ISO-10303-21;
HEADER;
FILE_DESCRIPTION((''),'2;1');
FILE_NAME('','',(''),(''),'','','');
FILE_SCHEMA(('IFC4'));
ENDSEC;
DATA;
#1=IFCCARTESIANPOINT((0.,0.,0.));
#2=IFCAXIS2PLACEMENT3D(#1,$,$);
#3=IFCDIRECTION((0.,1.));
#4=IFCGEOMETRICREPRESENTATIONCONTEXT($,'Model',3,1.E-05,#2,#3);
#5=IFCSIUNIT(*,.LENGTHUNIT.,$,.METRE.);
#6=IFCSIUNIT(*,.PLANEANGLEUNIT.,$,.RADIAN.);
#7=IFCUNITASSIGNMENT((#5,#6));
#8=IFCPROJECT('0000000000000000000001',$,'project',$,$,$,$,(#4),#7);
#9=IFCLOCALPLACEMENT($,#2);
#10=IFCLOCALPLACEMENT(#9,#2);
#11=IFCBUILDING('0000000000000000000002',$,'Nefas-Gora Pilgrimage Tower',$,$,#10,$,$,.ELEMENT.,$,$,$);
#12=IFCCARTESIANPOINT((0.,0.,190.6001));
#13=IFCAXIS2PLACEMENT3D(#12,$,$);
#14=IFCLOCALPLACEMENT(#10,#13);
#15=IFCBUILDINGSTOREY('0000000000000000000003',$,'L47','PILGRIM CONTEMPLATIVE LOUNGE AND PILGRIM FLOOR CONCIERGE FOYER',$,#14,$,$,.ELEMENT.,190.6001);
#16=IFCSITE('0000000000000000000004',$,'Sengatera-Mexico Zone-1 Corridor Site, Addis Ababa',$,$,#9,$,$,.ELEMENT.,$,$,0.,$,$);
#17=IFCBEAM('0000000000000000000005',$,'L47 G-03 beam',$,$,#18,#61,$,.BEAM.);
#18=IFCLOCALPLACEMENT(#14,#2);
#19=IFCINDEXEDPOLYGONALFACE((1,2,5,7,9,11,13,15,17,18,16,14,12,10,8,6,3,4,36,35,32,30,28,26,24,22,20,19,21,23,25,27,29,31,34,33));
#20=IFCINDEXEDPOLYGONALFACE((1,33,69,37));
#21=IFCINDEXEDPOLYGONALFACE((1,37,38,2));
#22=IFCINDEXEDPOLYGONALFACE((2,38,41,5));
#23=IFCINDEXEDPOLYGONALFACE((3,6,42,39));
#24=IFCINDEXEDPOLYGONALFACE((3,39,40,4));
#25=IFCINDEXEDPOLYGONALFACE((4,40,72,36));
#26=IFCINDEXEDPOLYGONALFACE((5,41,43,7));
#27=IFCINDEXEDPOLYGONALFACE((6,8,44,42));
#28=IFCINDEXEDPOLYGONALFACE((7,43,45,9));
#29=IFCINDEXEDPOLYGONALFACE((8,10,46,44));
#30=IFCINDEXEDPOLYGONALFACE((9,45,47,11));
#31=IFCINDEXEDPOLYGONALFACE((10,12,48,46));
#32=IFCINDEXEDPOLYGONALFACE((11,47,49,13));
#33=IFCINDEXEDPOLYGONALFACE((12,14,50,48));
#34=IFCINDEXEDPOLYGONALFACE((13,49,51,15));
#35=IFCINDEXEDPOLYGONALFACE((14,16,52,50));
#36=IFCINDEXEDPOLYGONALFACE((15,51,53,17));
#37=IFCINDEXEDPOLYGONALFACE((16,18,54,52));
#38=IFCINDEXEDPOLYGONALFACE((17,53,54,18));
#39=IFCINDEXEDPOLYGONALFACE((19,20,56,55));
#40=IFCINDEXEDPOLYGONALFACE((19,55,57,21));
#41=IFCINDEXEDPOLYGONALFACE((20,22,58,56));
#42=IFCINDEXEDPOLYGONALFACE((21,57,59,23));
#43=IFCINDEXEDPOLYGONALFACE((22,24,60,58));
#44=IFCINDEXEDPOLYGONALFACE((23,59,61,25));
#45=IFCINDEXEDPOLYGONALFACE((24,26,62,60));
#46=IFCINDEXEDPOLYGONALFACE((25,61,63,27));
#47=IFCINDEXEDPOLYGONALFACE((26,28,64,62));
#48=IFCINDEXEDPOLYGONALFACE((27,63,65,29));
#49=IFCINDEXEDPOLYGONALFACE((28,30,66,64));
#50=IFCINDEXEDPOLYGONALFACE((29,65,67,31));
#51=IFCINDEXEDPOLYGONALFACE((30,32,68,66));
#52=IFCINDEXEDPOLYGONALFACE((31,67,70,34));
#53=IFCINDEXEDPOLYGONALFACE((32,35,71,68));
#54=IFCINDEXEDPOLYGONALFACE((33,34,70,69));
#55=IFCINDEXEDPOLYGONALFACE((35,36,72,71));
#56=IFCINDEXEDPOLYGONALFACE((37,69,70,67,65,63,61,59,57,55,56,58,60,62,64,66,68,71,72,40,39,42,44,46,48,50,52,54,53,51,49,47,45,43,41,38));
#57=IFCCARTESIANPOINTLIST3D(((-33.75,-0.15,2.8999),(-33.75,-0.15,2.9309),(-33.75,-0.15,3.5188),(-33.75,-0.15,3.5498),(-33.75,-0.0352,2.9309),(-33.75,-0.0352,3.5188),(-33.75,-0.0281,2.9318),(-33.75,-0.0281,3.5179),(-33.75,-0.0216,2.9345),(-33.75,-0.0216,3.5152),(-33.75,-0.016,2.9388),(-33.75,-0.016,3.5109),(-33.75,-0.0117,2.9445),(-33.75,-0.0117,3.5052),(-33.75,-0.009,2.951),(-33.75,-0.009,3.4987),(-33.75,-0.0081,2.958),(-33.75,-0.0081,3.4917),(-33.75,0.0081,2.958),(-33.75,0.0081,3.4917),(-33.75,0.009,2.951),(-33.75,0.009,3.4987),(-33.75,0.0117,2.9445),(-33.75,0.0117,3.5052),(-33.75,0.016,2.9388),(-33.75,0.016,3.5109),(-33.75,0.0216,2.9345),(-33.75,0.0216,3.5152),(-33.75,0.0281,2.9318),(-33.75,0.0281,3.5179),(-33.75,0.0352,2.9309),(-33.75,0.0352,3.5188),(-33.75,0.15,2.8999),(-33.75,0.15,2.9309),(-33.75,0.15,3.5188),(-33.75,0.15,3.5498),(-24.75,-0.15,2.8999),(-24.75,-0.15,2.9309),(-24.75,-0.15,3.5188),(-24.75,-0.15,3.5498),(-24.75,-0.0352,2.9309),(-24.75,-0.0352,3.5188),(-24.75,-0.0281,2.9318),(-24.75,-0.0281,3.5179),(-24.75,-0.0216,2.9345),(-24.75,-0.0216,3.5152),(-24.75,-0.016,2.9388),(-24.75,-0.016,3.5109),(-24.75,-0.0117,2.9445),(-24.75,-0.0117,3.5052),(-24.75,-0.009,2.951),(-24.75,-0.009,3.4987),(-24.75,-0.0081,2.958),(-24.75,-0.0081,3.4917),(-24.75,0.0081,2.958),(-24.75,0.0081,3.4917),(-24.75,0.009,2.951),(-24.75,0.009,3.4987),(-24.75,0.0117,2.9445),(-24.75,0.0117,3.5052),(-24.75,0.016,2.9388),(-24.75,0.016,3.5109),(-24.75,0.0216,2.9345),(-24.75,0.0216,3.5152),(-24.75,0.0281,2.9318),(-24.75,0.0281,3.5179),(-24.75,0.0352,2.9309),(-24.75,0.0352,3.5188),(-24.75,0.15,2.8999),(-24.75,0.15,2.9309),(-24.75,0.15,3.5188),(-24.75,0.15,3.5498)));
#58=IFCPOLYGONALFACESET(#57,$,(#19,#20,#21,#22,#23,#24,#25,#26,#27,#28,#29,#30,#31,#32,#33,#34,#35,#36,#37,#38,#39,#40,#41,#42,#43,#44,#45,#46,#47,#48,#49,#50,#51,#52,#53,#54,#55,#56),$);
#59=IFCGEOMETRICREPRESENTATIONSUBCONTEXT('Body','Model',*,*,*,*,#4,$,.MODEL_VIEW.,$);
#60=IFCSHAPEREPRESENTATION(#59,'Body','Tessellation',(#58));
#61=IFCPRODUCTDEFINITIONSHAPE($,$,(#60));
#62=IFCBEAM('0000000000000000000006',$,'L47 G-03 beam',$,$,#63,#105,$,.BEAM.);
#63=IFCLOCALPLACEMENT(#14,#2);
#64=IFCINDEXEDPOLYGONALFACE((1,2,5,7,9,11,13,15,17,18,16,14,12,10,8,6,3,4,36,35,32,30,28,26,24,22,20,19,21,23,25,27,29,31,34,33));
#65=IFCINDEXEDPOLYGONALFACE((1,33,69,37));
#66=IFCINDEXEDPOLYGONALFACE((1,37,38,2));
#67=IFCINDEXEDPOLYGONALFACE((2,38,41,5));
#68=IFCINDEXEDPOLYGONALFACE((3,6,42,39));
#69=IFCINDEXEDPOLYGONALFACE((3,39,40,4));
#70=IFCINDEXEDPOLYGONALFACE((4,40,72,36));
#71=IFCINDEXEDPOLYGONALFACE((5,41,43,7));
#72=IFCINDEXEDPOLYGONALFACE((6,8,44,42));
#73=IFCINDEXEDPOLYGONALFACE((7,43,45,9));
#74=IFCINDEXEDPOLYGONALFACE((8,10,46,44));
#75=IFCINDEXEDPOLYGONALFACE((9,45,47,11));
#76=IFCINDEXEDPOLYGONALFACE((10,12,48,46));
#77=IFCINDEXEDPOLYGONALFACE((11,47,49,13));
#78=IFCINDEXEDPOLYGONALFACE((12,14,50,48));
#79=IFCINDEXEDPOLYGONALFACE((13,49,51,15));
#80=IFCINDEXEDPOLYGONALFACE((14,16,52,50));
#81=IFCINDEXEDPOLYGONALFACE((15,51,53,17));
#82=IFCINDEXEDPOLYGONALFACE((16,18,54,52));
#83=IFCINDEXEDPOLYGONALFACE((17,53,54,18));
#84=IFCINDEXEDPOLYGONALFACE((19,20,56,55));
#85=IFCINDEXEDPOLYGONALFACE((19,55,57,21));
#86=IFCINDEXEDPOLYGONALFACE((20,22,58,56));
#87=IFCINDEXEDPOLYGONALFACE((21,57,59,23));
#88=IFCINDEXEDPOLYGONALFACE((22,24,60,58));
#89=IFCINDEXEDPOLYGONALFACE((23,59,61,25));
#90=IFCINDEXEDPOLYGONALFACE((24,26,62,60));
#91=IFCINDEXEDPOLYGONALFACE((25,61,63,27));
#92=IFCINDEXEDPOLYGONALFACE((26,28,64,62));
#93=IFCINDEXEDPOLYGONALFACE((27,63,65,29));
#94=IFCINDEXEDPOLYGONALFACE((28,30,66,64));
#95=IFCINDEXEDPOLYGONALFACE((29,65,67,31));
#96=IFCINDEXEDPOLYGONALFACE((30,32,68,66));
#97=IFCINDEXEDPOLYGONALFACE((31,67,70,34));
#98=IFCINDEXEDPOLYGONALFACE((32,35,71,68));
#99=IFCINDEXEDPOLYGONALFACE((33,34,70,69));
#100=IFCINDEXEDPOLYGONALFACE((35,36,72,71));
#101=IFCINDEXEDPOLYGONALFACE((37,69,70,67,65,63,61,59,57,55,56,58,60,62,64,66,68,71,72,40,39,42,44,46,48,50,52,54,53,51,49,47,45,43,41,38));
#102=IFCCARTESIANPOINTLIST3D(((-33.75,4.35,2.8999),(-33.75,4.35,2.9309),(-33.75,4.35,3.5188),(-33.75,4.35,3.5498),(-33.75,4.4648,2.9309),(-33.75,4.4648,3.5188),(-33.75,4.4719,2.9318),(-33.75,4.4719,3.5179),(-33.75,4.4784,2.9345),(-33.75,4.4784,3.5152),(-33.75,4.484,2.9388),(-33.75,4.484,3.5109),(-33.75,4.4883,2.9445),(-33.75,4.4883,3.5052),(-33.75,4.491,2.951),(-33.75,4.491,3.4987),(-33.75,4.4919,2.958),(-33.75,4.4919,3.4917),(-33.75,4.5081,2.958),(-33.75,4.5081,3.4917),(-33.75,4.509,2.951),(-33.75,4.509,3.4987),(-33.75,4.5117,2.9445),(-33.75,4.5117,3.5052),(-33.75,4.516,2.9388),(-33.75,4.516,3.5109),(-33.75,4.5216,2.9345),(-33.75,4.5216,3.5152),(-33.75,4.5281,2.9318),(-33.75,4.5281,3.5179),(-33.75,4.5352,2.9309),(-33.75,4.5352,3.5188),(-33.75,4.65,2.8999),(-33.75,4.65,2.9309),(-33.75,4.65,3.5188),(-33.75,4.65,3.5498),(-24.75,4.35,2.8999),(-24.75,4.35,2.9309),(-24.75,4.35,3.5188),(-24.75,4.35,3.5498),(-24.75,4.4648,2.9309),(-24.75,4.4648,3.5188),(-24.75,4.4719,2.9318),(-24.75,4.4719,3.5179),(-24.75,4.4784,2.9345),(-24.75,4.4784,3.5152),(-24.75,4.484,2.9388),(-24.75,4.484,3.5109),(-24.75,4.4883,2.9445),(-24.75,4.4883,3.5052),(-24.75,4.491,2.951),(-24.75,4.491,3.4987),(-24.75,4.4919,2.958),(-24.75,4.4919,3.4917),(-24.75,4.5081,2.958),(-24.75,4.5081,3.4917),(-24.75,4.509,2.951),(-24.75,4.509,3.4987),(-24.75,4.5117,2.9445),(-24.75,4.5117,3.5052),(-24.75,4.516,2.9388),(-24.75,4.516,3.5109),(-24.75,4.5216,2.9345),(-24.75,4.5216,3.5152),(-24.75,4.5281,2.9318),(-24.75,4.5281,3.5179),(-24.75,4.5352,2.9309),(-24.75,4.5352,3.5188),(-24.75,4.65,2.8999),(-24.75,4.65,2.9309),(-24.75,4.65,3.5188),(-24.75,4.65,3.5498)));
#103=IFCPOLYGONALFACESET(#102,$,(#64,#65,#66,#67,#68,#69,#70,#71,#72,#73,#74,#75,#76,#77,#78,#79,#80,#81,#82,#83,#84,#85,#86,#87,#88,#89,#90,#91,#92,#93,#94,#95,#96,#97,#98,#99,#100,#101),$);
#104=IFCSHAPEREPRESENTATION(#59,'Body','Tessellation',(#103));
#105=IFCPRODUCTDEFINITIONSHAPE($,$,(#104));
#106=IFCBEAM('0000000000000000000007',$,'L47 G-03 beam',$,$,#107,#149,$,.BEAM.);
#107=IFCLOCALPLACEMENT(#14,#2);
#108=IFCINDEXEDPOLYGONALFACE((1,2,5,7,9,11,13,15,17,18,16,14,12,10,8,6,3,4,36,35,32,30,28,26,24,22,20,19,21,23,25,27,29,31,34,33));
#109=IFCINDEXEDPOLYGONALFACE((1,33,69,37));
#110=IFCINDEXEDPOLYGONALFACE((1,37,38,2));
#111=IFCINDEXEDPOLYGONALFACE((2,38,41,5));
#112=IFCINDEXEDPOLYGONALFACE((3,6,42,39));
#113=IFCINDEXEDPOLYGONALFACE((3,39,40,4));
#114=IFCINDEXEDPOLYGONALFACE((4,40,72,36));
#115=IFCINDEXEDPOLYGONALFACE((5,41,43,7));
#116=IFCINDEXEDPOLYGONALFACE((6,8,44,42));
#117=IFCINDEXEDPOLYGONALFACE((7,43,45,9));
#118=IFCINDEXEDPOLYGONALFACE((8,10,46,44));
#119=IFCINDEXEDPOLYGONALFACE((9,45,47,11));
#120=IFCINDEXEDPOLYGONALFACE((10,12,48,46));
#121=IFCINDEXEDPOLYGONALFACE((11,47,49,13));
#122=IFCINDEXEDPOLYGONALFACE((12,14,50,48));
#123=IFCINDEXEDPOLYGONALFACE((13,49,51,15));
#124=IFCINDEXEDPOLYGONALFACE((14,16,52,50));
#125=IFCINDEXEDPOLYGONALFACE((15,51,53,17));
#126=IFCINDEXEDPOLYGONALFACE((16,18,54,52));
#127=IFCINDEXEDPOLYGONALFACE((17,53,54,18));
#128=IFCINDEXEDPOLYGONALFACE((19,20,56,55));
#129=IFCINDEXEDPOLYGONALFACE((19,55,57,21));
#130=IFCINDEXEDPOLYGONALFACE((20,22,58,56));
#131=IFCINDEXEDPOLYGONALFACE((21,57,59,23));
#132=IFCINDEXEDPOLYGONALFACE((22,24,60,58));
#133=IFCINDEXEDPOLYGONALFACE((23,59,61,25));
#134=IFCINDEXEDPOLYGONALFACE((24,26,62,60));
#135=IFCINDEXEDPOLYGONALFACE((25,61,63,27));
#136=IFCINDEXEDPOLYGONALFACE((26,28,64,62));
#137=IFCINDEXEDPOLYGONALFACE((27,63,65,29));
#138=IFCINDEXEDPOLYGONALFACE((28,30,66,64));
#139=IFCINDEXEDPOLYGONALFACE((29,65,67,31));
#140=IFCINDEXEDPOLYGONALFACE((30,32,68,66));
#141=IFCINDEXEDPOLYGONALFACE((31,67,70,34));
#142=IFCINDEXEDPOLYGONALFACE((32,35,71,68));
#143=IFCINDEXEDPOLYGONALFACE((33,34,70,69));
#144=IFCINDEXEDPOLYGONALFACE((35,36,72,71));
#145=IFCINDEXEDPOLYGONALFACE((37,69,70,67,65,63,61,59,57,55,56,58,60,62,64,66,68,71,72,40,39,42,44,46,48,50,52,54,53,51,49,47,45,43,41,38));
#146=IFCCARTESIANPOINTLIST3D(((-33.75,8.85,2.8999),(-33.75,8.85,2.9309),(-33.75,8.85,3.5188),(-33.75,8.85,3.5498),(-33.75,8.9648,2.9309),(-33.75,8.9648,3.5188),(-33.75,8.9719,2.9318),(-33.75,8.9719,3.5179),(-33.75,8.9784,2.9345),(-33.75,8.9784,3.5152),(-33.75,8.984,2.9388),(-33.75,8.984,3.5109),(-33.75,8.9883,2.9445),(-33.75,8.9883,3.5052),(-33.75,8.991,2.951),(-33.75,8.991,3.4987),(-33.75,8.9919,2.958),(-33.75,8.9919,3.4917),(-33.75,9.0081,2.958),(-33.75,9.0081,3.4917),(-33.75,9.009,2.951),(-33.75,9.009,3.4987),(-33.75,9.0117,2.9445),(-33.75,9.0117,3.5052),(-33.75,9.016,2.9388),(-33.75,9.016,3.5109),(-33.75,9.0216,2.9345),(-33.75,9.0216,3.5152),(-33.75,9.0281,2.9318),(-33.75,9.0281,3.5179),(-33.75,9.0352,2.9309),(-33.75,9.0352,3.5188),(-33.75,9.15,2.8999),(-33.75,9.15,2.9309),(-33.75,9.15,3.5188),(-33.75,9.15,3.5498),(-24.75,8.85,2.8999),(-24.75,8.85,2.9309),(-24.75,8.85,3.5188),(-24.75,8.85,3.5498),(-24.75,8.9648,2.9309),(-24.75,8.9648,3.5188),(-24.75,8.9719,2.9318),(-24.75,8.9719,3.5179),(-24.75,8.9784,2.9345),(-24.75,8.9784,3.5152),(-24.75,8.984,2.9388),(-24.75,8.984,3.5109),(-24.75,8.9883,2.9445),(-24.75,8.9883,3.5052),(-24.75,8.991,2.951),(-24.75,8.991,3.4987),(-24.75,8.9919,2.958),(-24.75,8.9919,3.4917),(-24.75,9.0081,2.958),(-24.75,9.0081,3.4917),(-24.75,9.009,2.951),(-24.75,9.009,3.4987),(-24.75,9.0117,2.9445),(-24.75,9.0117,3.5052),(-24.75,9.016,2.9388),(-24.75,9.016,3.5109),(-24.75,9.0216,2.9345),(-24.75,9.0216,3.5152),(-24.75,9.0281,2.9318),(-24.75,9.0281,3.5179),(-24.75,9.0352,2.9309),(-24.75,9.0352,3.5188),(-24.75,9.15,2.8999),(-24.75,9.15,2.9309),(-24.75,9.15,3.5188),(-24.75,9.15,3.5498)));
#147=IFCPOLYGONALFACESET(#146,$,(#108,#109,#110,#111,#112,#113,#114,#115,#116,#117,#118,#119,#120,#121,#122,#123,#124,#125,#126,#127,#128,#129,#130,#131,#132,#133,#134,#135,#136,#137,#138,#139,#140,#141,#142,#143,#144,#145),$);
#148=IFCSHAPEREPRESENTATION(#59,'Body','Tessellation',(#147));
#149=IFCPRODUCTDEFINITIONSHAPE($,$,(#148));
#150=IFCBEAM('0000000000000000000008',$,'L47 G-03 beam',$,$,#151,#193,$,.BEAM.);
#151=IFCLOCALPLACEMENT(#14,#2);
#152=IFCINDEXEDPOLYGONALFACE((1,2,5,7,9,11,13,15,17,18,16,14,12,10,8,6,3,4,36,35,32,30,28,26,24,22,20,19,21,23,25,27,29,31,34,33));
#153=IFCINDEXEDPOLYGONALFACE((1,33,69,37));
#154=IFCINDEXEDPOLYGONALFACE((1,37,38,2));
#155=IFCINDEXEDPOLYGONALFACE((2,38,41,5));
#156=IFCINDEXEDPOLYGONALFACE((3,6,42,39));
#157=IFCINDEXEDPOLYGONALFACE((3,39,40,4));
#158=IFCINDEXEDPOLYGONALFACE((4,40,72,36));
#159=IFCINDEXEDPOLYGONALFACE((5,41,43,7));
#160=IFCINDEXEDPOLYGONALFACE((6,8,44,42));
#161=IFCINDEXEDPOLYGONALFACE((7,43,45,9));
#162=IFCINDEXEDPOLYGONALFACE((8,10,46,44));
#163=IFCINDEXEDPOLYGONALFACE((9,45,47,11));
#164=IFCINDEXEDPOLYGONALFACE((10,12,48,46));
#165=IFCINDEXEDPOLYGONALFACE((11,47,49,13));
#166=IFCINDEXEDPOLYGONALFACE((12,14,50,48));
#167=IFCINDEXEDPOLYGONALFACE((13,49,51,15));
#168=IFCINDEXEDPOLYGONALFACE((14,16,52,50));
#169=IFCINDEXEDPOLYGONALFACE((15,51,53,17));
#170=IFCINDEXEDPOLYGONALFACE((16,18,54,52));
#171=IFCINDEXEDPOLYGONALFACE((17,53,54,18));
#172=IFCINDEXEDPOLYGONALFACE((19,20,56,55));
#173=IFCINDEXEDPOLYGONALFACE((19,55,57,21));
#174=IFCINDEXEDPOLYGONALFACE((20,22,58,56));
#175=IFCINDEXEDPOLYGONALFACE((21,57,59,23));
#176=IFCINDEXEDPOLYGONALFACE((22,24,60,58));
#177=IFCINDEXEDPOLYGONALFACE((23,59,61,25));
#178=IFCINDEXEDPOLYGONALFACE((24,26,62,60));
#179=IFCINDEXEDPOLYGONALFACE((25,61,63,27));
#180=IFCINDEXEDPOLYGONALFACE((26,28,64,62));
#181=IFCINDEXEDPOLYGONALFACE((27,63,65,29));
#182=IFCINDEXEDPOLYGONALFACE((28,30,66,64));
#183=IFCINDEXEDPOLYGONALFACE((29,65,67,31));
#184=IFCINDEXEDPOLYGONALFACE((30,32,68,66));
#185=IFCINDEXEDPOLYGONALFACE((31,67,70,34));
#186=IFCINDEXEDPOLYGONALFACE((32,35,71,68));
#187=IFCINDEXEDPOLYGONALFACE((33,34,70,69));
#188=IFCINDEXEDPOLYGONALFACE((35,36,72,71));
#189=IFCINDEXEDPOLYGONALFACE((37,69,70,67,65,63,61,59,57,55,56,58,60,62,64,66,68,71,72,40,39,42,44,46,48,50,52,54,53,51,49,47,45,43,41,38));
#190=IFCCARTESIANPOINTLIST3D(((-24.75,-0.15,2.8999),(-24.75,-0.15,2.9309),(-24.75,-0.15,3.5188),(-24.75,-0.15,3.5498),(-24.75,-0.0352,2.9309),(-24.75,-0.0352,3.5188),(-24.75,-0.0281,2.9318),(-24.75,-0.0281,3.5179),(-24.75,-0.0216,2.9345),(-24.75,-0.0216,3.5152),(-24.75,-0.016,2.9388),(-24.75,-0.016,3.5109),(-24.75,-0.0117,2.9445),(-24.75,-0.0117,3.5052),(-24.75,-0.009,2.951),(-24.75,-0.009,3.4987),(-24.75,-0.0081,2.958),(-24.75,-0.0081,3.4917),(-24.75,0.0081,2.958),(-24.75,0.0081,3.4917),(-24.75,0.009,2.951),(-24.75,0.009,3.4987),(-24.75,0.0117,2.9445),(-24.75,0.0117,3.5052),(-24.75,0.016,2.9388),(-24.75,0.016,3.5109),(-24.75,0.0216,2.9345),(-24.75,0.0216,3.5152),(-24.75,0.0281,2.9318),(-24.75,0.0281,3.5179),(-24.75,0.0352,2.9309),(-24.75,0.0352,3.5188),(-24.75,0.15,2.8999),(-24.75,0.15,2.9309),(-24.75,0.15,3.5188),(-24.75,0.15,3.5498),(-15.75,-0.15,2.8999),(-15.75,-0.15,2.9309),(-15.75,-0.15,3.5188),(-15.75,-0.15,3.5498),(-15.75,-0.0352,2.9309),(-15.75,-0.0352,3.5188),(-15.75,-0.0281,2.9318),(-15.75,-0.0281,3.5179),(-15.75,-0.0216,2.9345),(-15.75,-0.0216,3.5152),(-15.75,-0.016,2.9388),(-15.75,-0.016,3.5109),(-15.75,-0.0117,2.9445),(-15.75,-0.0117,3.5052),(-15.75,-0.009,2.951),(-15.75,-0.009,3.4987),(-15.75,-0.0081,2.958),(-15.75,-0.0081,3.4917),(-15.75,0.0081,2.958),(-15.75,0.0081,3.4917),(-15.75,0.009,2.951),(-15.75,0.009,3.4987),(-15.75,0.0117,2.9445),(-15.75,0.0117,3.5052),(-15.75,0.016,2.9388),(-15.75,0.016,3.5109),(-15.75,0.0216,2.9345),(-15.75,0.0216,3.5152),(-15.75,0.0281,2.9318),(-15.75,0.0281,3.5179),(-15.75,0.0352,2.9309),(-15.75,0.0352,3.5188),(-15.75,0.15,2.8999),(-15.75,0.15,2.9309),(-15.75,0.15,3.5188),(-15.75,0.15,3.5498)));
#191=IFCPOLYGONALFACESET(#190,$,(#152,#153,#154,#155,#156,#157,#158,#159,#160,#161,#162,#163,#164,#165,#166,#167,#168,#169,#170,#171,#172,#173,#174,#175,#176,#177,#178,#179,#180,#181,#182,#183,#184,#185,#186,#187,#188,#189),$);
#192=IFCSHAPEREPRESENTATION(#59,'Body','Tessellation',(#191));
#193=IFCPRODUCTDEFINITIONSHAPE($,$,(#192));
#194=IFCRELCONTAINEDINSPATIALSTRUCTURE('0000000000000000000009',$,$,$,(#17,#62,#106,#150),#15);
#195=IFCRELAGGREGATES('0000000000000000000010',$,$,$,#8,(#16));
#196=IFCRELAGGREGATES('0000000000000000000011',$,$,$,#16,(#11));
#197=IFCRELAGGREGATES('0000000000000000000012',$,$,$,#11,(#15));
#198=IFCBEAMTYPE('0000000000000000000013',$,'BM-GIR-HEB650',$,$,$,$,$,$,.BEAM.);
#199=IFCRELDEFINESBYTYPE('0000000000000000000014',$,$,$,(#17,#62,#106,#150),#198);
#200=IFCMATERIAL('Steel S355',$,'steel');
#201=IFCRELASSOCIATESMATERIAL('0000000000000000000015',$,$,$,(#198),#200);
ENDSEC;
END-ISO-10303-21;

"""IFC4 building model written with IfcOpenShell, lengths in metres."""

from ifc_helpers import new_model, si_unit, direction, frame, origin, origin_2d, place, context, subcontext, project, spatial, i_section, extrude, source, transform, mapped, material, material_profile, profile_set, type_object, element, save


model = new_model("IFC4")

# Units and contexts
model_context = context("Model", 3, precision=1e-05, world=origin(), true_north=direction((0.0, 1.0)))
body_context = subcontext(model_context, "Body", "Model", "MODEL_VIEW")
ifc_project = project(units=[si_unit("LENGTHUNIT", "METRE"), si_unit("PLANEANGLEUNIT", "RADIAN")], contexts=[model_context])

# Site, building, storey
site_placement = place(None, origin())
site = spatial("IfcSite", under=ifc_project, at=site_placement, Name="Sengatera-Mexico Zone-1 Corridor Site, Addis Ababa", CompositionType="ELEMENT", RefElevation=0.0)
building_placement = place(site_placement, origin())
building = spatial("IfcBuilding", under=site, at=building_placement, Name="Nefas-Gora Pilgrimage Tower", CompositionType="ELEMENT")
storey_placement = place(building_placement, frame((0.0, 0.0, 190.6001)))
storey = spatial("IfcBuildingStorey", under=building, at=storey_placement, Name="L47", Description="PILGRIM CONTEMPLATIVE LOUNGE AND PILGRIM FLOOR CONCIERGE FOYER", CompositionType="ELEMENT", Elevation=190.6001)

# Beams
ifc_material_1 = material(Name="Steel S355", Category="steel")
ifc_material_profile_1 = material_profile(ifc_material_1, i_section(OverallWidth=0.3, OverallDepth=0.6499, WebThickness=0.0161, FlangeThickness=0.031, FilletRadius=0.0271, at=origin_2d()), Name="HEB 650")
ifc_profile_set_1 = profile_set([ifc_material_profile_1], Name="Steel S355")
beam_type_1 = type_object("IfcBeamType", Name="BM-GIR-HEB650", PredefinedType="BEAM", material=ifc_profile_set_1)
shared_shape_1 = source(origin(), body_context, "Body", "SweptSolid", [
    extrude(i_section(OverallWidth=0.3, OverallDepth=0.6499, WebThickness=0.0161, FlangeThickness=0.031, FilletRadius=0.0271, at=origin_2d()), origin(), (0.0, 0.0, 1.0), 9.0),
])
for number, where, z_axis, x_axis, name in (
    (1, (-33.75, 0.0, 3.2249), (1.0, 0.0, 0.0), (0.0, 1.0, 0.0), "L47 G-03 beam"),
    (2, (-33.75, 4.5, 3.2249), (1.0, 0.0, 0.0), (0.0, 1.0, 0.0), "L47 G-03 beam"),
    (3, (-33.75, 9.0, 3.2249), (1.0, 0.0, 0.0), (0.0, 1.0, 0.0), "L47 G-03 beam"),
    (4, (-24.75, 0.0, 3.2249), (1.0, 0.0, 0.0), (0.0, 1.0, 0.0), "L47 G-03 beam"),
):
    element("IfcBeam", number, at=place(storey_placement, frame(where, z_axis=z_axis, x_axis=x_axis)), inside=storey, type_object=beam_type_1, Name=name, PredefinedType="BEAM", context=body_context, shape_type="MappedRepresentation", body=[
        mapped(shared_shape_1, transform((0.0, 0.0, 0.0), x_axis=(1.0, 0.0, 0.0), y_axis=(0.0, 1.0, 0.0), z_axis=(0.0, 0.0, 1.0), scale=1.0)),
    ])

save(model, "model.ifc")
